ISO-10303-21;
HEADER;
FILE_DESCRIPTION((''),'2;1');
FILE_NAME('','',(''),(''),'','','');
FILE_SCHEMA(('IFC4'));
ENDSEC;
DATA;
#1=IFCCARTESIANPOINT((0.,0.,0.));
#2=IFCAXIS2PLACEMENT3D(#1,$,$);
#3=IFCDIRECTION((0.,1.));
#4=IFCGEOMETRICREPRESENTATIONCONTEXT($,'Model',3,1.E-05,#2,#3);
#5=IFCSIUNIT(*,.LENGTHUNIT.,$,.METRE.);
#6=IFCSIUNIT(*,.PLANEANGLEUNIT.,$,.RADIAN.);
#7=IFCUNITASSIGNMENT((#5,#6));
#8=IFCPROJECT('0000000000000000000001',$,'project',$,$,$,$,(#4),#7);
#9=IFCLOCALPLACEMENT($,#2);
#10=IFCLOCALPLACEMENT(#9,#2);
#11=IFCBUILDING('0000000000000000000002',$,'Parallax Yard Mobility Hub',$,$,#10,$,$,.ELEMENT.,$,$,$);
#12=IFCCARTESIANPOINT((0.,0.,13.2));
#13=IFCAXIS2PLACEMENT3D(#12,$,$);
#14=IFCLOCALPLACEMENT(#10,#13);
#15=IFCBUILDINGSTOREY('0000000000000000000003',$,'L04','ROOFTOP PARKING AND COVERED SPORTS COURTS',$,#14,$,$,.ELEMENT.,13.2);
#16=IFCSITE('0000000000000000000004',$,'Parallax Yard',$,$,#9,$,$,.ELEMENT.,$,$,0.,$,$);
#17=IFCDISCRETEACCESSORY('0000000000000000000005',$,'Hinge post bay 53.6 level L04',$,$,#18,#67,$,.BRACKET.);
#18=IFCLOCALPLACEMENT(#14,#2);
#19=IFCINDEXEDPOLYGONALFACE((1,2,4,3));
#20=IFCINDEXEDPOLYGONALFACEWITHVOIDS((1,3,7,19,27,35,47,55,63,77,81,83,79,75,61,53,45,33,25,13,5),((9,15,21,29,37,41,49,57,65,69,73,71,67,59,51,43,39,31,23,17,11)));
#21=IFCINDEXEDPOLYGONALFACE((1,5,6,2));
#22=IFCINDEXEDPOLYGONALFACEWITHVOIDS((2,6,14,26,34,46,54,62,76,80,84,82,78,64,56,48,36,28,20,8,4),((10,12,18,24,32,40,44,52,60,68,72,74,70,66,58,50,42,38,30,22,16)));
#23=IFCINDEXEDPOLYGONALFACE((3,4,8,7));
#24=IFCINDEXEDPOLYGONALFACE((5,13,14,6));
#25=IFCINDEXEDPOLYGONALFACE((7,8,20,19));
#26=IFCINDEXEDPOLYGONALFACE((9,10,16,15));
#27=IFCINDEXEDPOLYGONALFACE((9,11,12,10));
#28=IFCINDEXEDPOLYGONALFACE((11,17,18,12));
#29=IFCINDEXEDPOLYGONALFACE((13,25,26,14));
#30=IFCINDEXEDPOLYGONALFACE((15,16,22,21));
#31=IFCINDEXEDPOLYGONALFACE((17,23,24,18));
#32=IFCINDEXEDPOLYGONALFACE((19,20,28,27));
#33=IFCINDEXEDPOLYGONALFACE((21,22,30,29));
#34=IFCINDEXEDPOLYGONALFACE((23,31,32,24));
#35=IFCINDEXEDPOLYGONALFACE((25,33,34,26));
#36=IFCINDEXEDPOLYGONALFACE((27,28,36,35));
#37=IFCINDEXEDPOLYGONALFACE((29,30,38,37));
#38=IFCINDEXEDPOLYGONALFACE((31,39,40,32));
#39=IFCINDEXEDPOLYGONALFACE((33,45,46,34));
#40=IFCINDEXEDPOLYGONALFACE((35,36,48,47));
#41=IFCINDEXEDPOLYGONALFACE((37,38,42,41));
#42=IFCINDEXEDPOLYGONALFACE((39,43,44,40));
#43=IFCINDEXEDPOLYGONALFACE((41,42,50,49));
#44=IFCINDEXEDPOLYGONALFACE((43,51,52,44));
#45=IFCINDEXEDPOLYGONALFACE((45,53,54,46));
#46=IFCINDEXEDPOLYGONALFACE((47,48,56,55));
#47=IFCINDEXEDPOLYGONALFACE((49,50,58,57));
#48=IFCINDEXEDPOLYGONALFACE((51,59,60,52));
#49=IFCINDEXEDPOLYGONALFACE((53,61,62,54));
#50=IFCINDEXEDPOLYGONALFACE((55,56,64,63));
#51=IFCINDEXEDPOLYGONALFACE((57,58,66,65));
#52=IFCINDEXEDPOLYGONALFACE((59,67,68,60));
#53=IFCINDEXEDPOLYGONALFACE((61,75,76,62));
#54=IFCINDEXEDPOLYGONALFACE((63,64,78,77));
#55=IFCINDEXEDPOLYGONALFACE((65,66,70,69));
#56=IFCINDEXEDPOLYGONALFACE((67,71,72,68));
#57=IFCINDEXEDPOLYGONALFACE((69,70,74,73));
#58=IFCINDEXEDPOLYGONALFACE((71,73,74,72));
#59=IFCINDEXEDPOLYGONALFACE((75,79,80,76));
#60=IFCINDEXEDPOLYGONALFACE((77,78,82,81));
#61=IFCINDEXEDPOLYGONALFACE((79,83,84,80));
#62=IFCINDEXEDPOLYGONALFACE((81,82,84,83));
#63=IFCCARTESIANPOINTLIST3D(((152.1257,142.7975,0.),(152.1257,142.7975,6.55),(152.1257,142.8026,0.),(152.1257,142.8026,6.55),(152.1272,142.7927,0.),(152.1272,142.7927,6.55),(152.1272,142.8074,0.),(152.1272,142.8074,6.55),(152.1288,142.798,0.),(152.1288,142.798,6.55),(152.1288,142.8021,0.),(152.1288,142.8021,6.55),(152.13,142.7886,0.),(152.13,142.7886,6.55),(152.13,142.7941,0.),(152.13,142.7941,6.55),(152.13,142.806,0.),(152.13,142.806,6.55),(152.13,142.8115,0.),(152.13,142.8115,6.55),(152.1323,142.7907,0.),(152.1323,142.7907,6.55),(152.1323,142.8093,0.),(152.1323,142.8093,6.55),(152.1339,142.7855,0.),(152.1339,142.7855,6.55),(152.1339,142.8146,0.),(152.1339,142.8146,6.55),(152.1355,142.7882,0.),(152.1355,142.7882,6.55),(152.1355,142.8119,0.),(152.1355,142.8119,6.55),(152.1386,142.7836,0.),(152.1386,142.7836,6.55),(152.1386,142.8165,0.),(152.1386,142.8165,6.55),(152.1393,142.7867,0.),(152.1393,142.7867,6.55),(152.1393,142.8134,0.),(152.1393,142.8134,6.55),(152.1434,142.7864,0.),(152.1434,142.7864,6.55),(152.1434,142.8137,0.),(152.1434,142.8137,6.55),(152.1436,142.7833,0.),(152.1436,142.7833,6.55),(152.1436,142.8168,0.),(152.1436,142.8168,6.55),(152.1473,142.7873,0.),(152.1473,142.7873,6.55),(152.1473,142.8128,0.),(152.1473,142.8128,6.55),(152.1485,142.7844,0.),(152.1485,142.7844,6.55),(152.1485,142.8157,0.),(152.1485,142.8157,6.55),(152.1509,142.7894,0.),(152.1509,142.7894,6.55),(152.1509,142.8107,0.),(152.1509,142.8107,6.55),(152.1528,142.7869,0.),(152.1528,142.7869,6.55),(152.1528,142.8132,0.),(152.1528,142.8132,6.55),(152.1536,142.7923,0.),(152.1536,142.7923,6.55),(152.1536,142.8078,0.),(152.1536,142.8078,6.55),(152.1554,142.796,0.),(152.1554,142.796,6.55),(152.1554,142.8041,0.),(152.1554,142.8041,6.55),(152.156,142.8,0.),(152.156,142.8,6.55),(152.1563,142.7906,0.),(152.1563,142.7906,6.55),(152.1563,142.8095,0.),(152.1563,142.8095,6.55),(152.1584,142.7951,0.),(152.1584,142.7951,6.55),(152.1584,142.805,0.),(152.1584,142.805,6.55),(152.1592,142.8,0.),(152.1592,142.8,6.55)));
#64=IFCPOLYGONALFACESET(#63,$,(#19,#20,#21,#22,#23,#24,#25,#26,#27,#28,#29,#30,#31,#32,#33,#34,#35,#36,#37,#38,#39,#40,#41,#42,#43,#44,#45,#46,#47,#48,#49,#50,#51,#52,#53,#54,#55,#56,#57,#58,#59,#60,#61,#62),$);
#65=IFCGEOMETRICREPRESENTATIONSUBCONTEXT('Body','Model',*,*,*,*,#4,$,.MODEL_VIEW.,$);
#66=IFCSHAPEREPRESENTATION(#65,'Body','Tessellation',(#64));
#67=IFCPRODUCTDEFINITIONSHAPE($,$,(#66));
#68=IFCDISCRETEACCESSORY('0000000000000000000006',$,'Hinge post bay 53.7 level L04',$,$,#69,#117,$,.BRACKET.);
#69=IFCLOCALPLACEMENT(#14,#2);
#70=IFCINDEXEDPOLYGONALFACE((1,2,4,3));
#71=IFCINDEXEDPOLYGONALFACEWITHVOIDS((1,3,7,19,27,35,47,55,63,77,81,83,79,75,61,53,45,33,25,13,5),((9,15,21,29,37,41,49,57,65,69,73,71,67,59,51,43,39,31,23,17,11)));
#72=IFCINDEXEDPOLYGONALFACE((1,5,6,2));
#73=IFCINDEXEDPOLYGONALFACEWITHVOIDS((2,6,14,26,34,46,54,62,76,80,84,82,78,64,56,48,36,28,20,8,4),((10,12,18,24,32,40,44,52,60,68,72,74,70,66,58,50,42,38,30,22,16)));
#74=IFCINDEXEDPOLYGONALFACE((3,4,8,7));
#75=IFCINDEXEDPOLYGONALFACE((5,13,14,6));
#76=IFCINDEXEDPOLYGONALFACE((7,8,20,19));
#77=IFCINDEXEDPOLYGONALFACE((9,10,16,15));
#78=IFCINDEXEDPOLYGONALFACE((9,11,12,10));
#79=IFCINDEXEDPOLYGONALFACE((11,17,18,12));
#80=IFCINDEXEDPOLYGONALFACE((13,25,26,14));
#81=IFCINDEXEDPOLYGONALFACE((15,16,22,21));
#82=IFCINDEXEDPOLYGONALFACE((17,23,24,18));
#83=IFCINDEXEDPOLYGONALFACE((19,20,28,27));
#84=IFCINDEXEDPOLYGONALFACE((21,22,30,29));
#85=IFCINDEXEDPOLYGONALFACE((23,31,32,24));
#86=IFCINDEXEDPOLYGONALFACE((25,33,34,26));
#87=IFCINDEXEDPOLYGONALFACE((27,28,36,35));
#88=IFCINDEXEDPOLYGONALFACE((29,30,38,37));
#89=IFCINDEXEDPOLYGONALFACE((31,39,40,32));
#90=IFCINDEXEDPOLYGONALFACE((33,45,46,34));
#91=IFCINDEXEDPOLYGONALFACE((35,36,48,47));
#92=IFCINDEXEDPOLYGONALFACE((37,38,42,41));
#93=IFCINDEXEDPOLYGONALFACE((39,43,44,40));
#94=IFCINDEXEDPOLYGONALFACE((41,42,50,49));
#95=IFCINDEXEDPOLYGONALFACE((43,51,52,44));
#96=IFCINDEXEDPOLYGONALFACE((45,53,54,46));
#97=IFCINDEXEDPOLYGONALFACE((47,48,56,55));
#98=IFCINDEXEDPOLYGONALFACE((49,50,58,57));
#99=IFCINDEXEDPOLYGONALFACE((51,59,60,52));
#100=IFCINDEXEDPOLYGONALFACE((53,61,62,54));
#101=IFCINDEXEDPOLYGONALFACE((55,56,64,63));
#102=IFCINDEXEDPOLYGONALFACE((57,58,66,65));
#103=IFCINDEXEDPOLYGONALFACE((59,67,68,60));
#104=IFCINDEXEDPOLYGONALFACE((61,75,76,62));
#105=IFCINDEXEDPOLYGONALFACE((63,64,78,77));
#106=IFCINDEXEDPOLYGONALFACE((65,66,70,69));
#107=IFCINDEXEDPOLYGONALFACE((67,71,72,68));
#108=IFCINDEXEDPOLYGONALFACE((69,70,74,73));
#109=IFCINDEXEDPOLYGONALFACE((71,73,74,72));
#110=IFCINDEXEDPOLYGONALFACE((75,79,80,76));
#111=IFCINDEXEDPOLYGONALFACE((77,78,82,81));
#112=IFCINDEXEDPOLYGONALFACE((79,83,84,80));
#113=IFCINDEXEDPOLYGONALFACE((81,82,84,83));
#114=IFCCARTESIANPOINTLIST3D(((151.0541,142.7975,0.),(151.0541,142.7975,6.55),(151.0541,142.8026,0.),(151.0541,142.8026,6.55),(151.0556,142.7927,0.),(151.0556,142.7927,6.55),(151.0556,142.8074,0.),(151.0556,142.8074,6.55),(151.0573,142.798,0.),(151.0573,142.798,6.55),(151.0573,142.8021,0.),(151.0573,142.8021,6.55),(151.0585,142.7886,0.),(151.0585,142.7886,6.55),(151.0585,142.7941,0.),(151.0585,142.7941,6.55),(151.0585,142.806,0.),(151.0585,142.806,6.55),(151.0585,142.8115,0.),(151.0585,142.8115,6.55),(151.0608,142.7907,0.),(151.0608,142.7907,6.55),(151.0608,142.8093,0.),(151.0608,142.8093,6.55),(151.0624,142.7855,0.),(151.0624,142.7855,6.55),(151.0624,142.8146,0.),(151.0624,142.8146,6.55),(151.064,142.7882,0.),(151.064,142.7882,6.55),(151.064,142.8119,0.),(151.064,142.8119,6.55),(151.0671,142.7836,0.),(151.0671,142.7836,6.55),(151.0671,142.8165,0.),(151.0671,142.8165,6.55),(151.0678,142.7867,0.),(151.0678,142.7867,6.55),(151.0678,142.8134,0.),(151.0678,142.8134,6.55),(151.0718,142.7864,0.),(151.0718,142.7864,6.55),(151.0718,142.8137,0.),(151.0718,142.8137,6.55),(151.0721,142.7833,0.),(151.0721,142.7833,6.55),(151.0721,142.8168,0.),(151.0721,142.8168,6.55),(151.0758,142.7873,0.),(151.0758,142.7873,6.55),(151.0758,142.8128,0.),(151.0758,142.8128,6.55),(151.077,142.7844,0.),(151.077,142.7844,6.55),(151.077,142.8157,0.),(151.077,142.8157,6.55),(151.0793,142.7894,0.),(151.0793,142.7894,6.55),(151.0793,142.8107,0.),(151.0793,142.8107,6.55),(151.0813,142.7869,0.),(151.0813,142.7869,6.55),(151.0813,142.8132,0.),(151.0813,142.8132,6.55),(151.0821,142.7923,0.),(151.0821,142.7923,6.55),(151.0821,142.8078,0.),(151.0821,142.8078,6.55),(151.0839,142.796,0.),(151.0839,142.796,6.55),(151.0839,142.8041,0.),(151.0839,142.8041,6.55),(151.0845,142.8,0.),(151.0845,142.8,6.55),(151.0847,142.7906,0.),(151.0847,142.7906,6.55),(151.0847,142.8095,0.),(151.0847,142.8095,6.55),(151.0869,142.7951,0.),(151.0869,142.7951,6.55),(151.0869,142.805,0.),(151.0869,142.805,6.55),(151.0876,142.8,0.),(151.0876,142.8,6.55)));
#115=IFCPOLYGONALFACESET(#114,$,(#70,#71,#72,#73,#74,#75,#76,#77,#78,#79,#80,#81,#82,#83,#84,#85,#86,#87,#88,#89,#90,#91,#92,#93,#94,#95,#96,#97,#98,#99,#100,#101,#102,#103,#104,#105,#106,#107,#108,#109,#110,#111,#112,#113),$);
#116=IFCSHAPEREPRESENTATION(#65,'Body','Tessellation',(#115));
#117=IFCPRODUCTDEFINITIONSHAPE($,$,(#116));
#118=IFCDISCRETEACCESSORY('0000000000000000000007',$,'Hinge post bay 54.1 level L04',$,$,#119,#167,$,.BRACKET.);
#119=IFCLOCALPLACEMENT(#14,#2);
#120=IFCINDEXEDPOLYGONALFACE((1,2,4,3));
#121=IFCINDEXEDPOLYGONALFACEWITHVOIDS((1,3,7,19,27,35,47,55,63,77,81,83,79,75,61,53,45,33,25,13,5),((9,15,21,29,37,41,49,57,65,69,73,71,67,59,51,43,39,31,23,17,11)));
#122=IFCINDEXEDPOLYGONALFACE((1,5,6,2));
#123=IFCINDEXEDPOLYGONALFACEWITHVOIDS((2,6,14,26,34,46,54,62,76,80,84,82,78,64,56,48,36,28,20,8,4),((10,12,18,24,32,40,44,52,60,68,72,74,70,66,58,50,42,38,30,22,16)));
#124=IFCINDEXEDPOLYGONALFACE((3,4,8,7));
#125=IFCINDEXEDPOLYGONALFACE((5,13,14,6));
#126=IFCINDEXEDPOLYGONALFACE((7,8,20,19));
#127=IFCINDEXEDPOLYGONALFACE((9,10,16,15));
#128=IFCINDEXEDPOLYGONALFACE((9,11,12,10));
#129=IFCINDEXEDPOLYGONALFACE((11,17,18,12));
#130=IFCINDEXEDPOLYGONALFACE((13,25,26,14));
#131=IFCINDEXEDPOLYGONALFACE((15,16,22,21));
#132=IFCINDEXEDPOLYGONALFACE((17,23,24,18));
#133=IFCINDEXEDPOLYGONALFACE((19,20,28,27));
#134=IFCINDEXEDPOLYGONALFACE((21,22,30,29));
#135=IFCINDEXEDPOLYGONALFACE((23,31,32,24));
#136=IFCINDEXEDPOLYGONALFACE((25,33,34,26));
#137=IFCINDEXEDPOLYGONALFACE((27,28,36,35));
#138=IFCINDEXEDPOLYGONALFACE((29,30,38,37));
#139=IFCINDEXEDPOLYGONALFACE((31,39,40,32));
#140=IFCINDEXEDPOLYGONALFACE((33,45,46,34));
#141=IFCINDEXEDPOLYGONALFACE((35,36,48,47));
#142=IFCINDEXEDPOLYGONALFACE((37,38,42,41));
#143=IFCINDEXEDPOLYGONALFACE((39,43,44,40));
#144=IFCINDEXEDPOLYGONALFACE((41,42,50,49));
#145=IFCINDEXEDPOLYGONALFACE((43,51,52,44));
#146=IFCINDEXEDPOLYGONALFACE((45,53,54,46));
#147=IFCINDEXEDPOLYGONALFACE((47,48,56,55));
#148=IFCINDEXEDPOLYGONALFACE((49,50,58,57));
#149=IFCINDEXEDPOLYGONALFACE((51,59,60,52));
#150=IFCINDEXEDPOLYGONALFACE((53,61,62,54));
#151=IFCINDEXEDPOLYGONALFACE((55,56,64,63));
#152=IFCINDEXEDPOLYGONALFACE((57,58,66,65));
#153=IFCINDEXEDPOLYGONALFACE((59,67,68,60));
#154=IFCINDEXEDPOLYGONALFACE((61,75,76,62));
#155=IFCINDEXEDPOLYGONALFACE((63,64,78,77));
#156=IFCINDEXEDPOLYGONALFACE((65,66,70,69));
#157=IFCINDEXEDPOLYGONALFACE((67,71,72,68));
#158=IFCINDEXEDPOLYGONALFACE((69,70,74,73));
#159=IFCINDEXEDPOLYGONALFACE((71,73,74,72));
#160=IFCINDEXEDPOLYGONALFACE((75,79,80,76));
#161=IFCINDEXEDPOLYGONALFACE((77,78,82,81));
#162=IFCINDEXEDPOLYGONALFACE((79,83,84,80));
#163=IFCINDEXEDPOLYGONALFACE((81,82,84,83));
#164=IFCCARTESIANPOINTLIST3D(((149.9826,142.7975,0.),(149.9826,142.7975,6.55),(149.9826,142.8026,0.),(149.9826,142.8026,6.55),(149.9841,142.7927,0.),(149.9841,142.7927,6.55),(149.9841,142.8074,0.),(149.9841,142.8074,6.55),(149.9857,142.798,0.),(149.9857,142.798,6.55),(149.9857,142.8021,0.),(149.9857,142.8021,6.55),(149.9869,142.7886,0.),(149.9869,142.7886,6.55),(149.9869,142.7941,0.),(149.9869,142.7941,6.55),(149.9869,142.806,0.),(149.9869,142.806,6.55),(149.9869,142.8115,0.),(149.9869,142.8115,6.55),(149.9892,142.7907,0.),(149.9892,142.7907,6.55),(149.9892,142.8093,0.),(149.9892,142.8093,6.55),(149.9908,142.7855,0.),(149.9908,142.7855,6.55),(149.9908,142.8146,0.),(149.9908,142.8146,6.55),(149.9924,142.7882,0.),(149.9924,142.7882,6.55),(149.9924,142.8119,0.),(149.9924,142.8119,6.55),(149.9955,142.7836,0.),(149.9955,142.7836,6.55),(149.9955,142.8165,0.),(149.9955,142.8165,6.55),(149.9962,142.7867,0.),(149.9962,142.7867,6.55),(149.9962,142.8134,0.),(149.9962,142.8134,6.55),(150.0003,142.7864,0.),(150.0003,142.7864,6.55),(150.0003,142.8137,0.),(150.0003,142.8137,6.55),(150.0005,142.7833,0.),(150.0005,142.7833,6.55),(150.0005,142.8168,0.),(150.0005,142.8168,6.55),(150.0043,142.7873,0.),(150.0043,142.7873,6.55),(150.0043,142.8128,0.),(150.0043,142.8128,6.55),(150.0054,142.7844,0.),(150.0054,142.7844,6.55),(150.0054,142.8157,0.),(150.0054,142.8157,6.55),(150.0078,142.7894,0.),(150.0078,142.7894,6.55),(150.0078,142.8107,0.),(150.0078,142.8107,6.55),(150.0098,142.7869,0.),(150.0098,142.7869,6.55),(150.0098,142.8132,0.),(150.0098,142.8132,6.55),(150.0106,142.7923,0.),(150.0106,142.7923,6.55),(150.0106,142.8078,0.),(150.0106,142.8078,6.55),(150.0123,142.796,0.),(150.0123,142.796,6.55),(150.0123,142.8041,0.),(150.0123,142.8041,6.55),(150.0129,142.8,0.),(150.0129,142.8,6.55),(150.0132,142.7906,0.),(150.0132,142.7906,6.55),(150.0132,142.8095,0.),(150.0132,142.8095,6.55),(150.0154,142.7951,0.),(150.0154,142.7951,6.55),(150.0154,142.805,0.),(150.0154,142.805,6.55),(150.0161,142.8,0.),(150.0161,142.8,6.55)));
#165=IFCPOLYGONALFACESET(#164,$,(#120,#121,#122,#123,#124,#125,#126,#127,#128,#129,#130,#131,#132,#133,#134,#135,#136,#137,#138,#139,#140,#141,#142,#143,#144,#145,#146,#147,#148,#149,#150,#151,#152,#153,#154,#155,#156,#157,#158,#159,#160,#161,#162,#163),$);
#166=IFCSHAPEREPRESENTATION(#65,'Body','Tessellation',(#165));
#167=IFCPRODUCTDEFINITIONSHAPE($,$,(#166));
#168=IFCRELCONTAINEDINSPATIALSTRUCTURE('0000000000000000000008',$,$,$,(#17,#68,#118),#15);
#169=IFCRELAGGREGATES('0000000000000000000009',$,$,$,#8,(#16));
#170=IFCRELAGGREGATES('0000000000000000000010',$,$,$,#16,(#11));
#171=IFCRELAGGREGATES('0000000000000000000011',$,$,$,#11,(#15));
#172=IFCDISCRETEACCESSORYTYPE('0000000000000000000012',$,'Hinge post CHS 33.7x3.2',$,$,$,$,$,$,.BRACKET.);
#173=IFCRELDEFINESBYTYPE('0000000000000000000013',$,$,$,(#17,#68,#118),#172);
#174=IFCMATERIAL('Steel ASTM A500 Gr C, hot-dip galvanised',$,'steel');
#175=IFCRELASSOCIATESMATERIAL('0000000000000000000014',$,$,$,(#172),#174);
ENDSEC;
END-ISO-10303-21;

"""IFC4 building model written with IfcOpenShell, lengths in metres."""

from ifc_helpers import new_model, si_unit, direction, frame, origin, origin_2d, place, context, subcontext, project, spatial, hollow_circle, extrude, material, material_profile, profile_set, type_object, element, save


model = new_model("IFC4")

# Units and contexts
model_context = context("Model", 3, precision=1e-05, world=origin(), true_north=direction((0.0, 1.0)))
body_context = subcontext(model_context, "Body", "Model", "MODEL_VIEW")
ifc_project = project(units=[si_unit("LENGTHUNIT", "METRE"), si_unit("PLANEANGLEUNIT", "RADIAN")], contexts=[model_context])

# Site, building, storey
site_placement = place(None, origin())
site = spatial("IfcSite", under=ifc_project, at=site_placement, Name="Parallax Yard", CompositionType="ELEMENT", RefElevation=0.0)
building_placement = place(site_placement, origin())
building = spatial("IfcBuilding", under=site, at=building_placement, Name="Parallax Yard Mobility Hub", CompositionType="ELEMENT")
storey_placement = place(building_placement, frame((0.0, 0.0, 13.2)))
storey = spatial("IfcBuildingStorey", under=building, at=storey_placement, Name="L04", Description="ROOFTOP PARKING AND COVERED SPORTS COURTS", CompositionType="ELEMENT", Elevation=13.2)

# Discrete accessories
ifc_material_1 = material(Name="Steel ASTM A500 Gr C, hot-dip galvanised", Category="steel")
ifc_material_profile = material_profile(ifc_material_1, hollow_circle(Radius=0.0168, WallThickness=0.0032, at=origin_2d()), Name="CHS 33.7x3.2")
ifc_profile_set = profile_set([ifc_material_profile], Name="Steel ASTM A500 Gr C, hot-dip galvanised")
discrete_accessory_type_1 = type_object("IfcDiscreteAccessoryType", Name="Hinge post CHS 33.7x3.2", PredefinedType="BRACKET", material=ifc_profile_set)
for number, where, z_axis, x_axis, name in (
    (1, (152.1423, 142.8, 0.0), (0.0, 0.0, 1.0), (1.0, 0.0, 0.0), "Hinge post bay 53.6 level L04"),
    (2, (151.0708, 142.8, 0.0), (0.0, 0.0, 1.0), (1.0, 0.0, 0.0), "Hinge post bay 53.7 level L04"),
    (3, (149.9993, 142.8, 0.0), (0.0, 0.0, 1.0), (1.0, 0.0, 0.0), "Hinge post bay 54.1 level L04"),
):
    element("IfcDiscreteAccessory", number, at=place(storey_placement, frame(where, z_axis=z_axis, x_axis=x_axis)), inside=storey, type_object=discrete_accessory_type_1, Name=name, PredefinedType="BRACKET", context=body_context, shape_type="SweptSolid", body=[
        extrude(hollow_circle(Radius=0.0168, WallThickness=0.0032, at=origin_2d()), origin(), (0.0, 0.0, 1.0), 6.55),
    ])

save(model, "model.ifc")
